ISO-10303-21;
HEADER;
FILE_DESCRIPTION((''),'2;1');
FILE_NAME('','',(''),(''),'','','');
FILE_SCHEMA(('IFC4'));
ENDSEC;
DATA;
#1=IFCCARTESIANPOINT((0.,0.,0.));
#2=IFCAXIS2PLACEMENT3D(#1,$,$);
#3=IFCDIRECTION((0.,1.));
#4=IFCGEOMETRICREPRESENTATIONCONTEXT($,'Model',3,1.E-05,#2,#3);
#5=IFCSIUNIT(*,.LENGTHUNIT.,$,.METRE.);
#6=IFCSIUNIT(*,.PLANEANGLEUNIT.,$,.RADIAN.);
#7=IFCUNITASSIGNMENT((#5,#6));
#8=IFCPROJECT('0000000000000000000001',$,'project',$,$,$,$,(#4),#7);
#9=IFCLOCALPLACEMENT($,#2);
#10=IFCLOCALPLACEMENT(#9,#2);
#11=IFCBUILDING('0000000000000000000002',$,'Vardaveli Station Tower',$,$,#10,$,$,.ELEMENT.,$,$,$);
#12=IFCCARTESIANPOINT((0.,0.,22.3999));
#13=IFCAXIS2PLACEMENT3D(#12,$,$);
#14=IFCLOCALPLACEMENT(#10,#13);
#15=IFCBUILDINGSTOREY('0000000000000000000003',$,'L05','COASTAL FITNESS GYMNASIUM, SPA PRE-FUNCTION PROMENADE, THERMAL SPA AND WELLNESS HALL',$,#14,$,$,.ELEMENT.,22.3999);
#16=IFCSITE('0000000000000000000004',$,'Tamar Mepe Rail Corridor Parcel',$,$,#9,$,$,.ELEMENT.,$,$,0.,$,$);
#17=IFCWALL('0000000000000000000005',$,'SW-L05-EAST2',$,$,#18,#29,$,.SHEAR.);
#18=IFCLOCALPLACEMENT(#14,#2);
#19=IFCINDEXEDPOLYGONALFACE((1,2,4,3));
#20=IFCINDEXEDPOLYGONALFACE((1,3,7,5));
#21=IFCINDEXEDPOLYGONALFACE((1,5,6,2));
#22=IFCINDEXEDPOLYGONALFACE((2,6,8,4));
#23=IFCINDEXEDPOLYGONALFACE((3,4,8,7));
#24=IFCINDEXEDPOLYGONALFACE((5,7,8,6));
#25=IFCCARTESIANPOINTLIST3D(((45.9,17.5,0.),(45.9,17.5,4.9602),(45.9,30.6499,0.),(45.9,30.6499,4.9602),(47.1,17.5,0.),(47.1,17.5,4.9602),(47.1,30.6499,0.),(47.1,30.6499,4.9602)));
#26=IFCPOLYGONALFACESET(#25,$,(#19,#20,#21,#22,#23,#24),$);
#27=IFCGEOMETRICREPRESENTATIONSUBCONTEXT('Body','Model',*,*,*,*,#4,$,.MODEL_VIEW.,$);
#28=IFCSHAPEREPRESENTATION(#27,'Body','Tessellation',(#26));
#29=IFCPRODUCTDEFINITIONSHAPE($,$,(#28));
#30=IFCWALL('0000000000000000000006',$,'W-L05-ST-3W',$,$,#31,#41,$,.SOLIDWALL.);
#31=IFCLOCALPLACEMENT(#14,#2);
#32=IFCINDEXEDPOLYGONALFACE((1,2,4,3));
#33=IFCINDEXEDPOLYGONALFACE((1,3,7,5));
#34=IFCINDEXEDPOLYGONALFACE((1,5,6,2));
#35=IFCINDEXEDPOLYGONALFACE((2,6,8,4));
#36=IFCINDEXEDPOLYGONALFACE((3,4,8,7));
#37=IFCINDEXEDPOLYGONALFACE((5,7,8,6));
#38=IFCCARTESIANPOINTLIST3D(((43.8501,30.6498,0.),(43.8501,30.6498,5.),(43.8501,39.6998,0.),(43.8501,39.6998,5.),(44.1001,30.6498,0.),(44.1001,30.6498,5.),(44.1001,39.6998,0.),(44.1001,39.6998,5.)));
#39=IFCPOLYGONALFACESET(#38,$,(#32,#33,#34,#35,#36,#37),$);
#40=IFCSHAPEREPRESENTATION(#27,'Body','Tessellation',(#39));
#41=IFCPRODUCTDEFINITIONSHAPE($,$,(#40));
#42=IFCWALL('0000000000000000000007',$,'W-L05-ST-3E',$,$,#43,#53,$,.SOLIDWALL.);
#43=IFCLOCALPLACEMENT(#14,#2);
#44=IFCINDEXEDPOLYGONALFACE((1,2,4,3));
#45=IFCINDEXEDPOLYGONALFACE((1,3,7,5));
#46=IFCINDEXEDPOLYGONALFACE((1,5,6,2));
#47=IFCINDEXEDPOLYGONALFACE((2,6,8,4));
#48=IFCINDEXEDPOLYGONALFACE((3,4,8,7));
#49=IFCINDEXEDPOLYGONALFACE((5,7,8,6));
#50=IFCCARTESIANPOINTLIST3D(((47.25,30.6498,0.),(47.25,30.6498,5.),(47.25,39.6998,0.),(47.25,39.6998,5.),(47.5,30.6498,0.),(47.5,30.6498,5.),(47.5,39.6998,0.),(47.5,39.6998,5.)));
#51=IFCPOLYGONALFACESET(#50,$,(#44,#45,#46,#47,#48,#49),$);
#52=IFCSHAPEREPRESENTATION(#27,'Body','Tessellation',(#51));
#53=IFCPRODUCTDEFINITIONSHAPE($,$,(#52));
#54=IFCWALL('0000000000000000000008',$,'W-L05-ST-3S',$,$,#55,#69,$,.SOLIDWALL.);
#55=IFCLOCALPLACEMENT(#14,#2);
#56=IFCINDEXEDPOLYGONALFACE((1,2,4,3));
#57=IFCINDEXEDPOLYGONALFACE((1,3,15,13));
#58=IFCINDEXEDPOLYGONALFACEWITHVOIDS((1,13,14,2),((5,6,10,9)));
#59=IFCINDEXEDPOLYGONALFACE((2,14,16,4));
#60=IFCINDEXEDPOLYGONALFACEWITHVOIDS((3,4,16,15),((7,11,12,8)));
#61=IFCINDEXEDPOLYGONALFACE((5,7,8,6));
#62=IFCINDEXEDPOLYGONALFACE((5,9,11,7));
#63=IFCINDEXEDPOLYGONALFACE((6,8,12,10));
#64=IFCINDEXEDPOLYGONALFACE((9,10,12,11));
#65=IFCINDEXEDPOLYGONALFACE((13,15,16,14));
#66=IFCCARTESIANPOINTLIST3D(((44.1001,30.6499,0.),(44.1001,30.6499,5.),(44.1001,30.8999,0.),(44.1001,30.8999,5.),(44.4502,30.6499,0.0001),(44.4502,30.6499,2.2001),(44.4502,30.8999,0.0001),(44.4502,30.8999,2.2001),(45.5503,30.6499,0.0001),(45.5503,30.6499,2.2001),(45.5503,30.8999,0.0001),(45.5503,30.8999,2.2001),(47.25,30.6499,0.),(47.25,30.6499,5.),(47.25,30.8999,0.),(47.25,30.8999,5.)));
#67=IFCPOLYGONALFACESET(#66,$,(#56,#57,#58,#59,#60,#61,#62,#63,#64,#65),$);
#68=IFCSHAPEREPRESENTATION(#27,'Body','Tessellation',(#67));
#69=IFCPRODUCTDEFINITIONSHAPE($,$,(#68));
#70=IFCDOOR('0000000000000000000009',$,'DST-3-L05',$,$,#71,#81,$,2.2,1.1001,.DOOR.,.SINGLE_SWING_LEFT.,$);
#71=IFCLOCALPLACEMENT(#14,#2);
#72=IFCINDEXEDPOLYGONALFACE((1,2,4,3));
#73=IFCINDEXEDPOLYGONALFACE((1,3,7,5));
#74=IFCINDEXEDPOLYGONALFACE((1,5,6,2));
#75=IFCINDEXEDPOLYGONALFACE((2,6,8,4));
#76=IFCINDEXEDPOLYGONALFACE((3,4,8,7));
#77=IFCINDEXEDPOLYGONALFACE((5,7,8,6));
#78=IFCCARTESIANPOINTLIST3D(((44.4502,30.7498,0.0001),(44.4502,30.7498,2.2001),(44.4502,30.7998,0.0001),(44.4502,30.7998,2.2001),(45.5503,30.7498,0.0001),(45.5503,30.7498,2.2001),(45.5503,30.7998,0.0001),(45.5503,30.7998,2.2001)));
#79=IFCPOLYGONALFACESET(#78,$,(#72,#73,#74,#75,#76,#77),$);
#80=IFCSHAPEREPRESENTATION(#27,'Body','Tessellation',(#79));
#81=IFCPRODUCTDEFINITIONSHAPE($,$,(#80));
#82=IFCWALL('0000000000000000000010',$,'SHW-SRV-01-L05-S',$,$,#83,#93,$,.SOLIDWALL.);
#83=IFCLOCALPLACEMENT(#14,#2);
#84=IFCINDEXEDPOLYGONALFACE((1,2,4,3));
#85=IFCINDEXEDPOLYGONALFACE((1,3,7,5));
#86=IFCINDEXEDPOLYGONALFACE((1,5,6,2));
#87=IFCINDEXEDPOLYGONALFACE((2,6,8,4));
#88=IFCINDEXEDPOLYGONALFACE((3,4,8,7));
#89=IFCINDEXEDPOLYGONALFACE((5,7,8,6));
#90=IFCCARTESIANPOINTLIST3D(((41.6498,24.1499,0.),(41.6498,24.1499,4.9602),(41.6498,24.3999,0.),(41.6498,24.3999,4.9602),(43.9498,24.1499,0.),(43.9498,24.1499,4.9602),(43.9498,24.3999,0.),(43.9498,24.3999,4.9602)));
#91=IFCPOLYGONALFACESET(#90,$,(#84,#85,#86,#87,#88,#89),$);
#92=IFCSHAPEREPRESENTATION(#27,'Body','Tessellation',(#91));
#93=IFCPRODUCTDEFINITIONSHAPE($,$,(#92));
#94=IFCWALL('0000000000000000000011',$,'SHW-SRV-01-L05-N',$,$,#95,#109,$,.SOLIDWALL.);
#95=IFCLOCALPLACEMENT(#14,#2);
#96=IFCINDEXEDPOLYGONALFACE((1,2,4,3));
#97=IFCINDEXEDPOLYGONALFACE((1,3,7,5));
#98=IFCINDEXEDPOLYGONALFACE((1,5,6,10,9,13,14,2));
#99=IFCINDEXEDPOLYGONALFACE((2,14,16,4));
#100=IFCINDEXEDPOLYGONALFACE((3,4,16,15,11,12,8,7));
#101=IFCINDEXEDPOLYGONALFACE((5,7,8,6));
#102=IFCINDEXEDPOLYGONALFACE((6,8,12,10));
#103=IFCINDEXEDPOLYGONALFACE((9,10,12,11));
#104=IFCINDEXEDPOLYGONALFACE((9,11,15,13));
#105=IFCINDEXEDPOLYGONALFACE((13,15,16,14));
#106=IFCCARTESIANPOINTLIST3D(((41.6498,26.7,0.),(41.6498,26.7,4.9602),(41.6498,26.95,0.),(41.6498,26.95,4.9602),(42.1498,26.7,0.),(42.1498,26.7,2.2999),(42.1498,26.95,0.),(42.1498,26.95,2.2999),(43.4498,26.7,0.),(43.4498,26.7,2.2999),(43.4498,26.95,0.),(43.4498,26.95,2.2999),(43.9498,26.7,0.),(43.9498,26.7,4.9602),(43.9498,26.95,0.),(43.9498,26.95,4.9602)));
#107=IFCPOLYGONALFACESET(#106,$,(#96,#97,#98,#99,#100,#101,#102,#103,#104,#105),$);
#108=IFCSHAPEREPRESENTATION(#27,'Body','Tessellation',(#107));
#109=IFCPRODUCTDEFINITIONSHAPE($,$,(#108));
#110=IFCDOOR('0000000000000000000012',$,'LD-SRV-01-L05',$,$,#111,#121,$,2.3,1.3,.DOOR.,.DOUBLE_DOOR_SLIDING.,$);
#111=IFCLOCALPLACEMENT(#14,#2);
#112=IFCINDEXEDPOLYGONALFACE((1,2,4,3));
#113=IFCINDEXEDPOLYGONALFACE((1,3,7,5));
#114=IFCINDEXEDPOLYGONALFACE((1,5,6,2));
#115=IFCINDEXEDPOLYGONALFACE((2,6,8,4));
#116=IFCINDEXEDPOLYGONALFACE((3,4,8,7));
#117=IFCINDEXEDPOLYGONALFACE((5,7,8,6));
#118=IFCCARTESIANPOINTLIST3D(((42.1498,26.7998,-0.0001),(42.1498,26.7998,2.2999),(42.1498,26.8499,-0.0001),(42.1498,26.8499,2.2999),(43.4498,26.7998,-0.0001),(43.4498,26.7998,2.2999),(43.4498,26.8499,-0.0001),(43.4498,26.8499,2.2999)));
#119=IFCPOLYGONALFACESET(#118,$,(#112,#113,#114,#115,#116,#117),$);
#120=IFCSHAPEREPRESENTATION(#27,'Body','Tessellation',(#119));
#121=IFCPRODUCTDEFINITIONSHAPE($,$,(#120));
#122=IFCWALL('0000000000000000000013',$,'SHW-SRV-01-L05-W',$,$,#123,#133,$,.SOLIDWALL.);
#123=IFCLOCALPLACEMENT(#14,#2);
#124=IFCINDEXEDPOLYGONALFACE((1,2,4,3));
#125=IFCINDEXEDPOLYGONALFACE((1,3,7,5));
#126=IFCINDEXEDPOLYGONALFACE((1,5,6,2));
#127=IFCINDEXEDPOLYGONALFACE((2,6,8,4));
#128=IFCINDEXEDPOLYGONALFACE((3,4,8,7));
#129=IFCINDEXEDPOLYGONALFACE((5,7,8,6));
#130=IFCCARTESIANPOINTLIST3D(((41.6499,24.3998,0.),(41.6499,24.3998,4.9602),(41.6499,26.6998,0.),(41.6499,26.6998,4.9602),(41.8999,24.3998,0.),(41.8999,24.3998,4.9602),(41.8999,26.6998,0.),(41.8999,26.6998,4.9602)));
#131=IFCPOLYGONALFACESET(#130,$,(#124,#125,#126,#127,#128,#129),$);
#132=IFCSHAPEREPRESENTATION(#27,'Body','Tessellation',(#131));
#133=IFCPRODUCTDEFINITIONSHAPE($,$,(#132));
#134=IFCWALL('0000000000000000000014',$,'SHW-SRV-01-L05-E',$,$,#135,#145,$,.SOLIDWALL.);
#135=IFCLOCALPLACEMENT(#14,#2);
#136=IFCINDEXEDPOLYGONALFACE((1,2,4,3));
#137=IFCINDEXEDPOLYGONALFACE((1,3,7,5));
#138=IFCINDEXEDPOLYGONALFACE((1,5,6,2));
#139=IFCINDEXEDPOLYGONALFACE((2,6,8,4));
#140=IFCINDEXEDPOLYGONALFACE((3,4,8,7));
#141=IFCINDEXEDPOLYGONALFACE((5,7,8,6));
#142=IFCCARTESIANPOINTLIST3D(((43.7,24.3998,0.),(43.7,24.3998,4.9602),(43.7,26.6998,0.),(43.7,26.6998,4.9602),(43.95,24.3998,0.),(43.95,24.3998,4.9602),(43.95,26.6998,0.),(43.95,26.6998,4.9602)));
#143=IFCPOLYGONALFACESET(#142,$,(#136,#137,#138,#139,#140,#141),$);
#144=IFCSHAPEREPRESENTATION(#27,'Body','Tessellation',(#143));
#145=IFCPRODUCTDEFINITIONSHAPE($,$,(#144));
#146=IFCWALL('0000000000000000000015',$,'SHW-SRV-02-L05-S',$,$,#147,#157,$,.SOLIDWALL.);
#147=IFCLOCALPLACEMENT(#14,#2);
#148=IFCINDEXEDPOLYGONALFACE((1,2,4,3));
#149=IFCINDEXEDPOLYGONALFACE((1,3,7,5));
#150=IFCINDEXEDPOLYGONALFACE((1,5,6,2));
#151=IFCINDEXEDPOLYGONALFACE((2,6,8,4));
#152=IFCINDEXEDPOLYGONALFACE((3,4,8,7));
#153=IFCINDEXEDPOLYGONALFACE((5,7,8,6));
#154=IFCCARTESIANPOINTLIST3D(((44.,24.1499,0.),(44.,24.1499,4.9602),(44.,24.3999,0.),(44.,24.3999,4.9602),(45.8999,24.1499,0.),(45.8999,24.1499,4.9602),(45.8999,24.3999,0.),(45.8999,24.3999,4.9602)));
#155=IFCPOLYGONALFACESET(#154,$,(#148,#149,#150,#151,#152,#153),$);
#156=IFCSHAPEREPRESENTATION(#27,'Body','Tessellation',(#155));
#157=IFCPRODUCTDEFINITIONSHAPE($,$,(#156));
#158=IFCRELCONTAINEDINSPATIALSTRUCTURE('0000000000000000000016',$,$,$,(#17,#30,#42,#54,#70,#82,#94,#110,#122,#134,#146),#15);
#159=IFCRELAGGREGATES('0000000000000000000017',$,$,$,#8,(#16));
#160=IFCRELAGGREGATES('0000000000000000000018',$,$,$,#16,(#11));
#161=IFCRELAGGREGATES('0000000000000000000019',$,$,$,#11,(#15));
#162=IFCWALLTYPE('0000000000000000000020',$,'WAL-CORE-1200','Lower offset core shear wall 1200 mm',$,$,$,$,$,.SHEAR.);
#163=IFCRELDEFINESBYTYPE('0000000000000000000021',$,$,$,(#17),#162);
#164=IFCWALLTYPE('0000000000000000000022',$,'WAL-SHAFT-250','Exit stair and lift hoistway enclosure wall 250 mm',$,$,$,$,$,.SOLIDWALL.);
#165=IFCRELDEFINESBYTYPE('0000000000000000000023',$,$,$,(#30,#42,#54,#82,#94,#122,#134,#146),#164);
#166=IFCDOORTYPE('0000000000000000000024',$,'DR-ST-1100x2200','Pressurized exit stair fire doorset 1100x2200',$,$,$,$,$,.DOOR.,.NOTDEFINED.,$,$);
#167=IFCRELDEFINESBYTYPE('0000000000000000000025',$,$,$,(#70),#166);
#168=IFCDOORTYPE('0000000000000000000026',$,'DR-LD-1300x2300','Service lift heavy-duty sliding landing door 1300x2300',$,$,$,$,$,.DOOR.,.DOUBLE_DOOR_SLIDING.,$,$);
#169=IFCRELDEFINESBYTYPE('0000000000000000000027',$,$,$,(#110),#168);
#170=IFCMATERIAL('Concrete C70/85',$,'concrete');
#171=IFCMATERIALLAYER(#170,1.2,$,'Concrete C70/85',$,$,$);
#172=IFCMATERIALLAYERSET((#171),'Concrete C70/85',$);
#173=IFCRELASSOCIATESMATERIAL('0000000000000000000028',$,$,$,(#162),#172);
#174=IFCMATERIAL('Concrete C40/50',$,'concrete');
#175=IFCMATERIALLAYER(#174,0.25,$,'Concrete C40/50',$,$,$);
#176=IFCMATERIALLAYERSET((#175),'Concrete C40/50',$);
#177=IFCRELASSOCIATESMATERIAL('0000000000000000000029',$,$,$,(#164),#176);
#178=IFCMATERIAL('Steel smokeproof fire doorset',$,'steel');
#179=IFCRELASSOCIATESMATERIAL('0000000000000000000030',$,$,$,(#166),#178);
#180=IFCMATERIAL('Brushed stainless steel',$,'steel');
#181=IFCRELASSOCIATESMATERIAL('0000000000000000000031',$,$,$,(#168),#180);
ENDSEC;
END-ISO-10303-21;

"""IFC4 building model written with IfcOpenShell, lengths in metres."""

from ifc_helpers import new_model, si_unit, direction, frame, frame_2d, origin, place, context, subcontext, project, spatial, rectangle, extrude, source, transform, mapped, material, layer, layer_set, type_object, element, fill, save


model = new_model("IFC4")

# Units and contexts
model_context = context("Model", 3, precision=1e-05, world=origin(), true_north=direction((0.0, 1.0)))
body_context = subcontext(model_context, "Body", "Model", "MODEL_VIEW")
ifc_project = project(units=[si_unit("LENGTHUNIT", "METRE"), si_unit("PLANEANGLEUNIT", "RADIAN")], contexts=[model_context])

# Site, building, storey
site_placement = place(None, origin())
site = spatial("IfcSite", under=ifc_project, at=site_placement, Name="Tamar Mepe Rail Corridor Parcel", CompositionType="ELEMENT", RefElevation=0.0)
building_placement = place(site_placement, origin())
building = spatial("IfcBuilding", under=site, at=building_placement, Name="Vardaveli Station Tower", CompositionType="ELEMENT")
storey_placement = place(building_placement, frame((0.0, 0.0, 22.3999)))
storey = spatial("IfcBuildingStorey", under=building, at=storey_placement, Name="L05", Description="COASTAL FITNESS GYMNASIUM, SPA PRE-FUNCTION PROMENADE, THERMAL SPA AND WELLNESS HALL", CompositionType="ELEMENT", Elevation=22.3999)

# Walls
ifc_material_1 = material(Name="Concrete C70/85", Category="concrete")
ifc_layer_1 = layer(ifc_material_1, 1.2, Name="Concrete C70/85")
ifc_layer_set_1 = layer_set([ifc_layer_1], Name="Concrete C70/85")
wall_type_1 = type_object("IfcWallType", Name="WAL-CORE-1200", Description="Lower offset core shear wall 1200 mm", PredefinedType="SHEAR", material=ifc_layer_set_1)
shared_shape_1 = source(origin(), body_context, "Body", "SweptSolid", [
    extrude(rectangle(XDim=13.1499, YDim=1.2, at=frame_2d((6.575, 0.0))), origin(), (0.0, 0.0, 1.0), 4.9602),
])
wall_1_placement = place(storey_placement, frame((46.5, 17.5, 0.0), z_axis=(0.0, 0.0, 1.0), x_axis=(0.0, 1.0, 0.0)))
element("IfcWall", 1, at=wall_1_placement, inside=storey, type_object=wall_type_1, Name="SW-L05-EAST2", PredefinedType="SHEAR", context=body_context, shape_type="MappedRepresentation", body=[
    mapped(shared_shape_1, transform((0.0, 0.0, 0.0), scale=1.0)),
])
ifc_material_2 = material(Name="Concrete C40/50", Category="concrete")
ifc_layer_2 = layer(ifc_material_2, 0.25, Name="Concrete C40/50")
ifc_layer_set_2 = layer_set([ifc_layer_2], Name="Concrete C40/50")
wall_type_2 = type_object("IfcWallType", Name="WAL-SHAFT-250", Description="Exit stair and lift hoistway enclosure wall 250 mm", PredefinedType="SOLIDWALL", material=ifc_layer_set_2)
shared_shape_2 = source(origin(), body_context, "Body", "SweptSolid", [
    extrude(rectangle(XDim=9.05, YDim=0.25, at=frame_2d((4.5249, 0.0))), origin(), (0.0, 0.0, 1.0), 5.0),
])
for number, where, z_axis, x_axis, name in (
    (2, (43.9751, 30.6499, 0.0), (0.0, 0.0, 1.0), (0.0, 1.0, 0.0), "W-L05-ST-3W"),
    (3, (47.375, 30.6499, 0.0), (0.0, 0.0, 1.0), (0.0, 1.0, 0.0), "W-L05-ST-3E"),
):
    element("IfcWall", number, at=place(storey_placement, frame(where, z_axis=z_axis, x_axis=x_axis)), inside=storey, type_object=wall_type_2, Name=name, PredefinedType="SOLIDWALL", context=body_context, shape_type="MappedRepresentation", body=[
        mapped(shared_shape_2, transform((0.0, 0.0, 0.0), scale=1.0)),
    ])

# Wall, opening, door
shared_shape_3 = source(origin(), body_context, "Body", "SweptSolid", [
    extrude(rectangle(XDim=3.1499, YDim=0.25, at=frame_2d((1.575, 0.0))), origin(), (0.0, 0.0, 1.0), 5.0),
])
wall_2_placement = place(storey_placement, frame((44.1001, 30.7749, 0.0), z_axis=(0.0, 0.0, 1.0), x_axis=(1.0, 0.0, 0.0)))
wall_2 = element("IfcWall", 4, at=wall_2_placement, inside=storey, type_object=wall_type_2, Name="W-L05-ST-3S", PredefinedType="SOLIDWALL", context=body_context, shape_type="MappedRepresentation", body=[
    mapped(shared_shape_3, transform((0.0, 0.0, 0.0), scale=1.0)),
])
shared_shape_4 = source(origin(), body_context, "Body", "SweptSolid", [
    extrude(rectangle(XDim=1.1001, YDim=2.2, at=frame_2d((0.55, 1.1001))), frame((0.0, 0.135, 0.0), z_axis=(0.0, -1.0, 0.0), x_axis=(1.0, 0.0, 0.0)), (0.0, 0.0, 1.0), 0.27),
])
opening_1_placement = place(wall_2_placement, frame((0.3501, 0.0, 0.0)))
opening_1 = element("IfcOpeningElement", 5, at=opening_1_placement, cuts=wall_2, PredefinedType="OPENING", context=body_context, shape_type="MappedRepresentation", body=[
    mapped(shared_shape_4, transform((0.0, 0.0, 0.0), scale=1.0)),
])
ifc_material_3 = material(Name="Steel smokeproof fire doorset", Category="steel")
door_type_1 = type_object("IfcDoorType", Name="DR-ST-1100x2200", Description="Pressurized exit stair fire doorset 1100x2200", OperationType="NOTDEFINED", PredefinedType="DOOR", material=ifc_material_3)
shared_shape_5 = source(origin(), body_context, "Body", "SweptSolid", [
    extrude(rectangle(XDim=1.1001, YDim=2.2, at=frame_2d((0.55, 1.1001))), frame((0.0, 0.0249, 0.0), z_axis=(0.0, -1.0, 0.0), x_axis=(1.0, 0.0, 0.0)), (0.0, 0.0, 1.0), 0.05),
])
door_1_placement = place(opening_1_placement, origin())
door_1 = element("IfcDoor", 6, at=door_1_placement, inside=storey, type_object=door_type_1, Name="DST-3-L05", OperationType="SINGLE_SWING_LEFT", OverallHeight=2.2, OverallWidth=1.1001, PredefinedType="DOOR", context=body_context, shape_type="MappedRepresentation", body=[
    mapped(shared_shape_5, transform((0.0, 0.0, 0.0), scale=1.0)),
])
fill(opening_1, door_1)

# Wall
shared_shape_6 = source(origin(), body_context, "Body", "SweptSolid", [
    extrude(rectangle(XDim=2.3, YDim=0.25, at=frame_2d((1.1499, 0.0))), origin(), (0.0, 0.0, 1.0), 4.9602),
])
wall_3_placement = place(storey_placement, frame((41.6499, 24.2749, 0.0), z_axis=(0.0, 0.0, 1.0), x_axis=(1.0, 0.0, 0.0)))
element("IfcWall", 7, at=wall_3_placement, inside=storey, type_object=wall_type_2, Name="SHW-SRV-01-L05-S", PredefinedType="SOLIDWALL", context=body_context, shape_type="MappedRepresentation", body=[
    mapped(shared_shape_6, transform((0.0, 0.0, 0.0), scale=1.0)),
])

# Wall, opening, door
wall_4_placement = place(storey_placement, frame((41.6499, 26.825, 0.0), z_axis=(0.0, 0.0, 1.0), x_axis=(1.0, 0.0, 0.0)))
wall_4 = element("IfcWall", 8, at=wall_4_placement, inside=storey, type_object=wall_type_2, Name="SHW-SRV-01-L05-N", PredefinedType="SOLIDWALL", context=body_context, shape_type="MappedRepresentation", body=[
    mapped(shared_shape_6, transform((0.0, 0.0, 0.0), scale=1.0)),
])
shared_shape_7 = source(origin(), body_context, "Body", "SweptSolid", [
    extrude(rectangle(XDim=1.3, YDim=2.3, at=frame_2d((0.6499, 1.1499))), frame((0.0, 0.135, 0.0), z_axis=(0.0, -1.0, 0.0), x_axis=(1.0, 0.0, 0.0)), (0.0, 0.0, 1.0), 0.27),
])
opening_2_placement = place(wall_4_placement, frame((0.5, 0.0, 0.0)))
opening_2 = element("IfcOpeningElement", 9, at=opening_2_placement, cuts=wall_4, PredefinedType="OPENING", context=body_context, shape_type="MappedRepresentation", body=[
    mapped(shared_shape_7, transform((0.0, 0.0, 0.0), scale=1.0)),
])
ifc_material_4 = material(Name="Brushed stainless steel", Category="steel")
door_type_2 = type_object("IfcDoorType", Name="DR-LD-1300x2300", Description="Service lift heavy-duty sliding landing door 1300x2300", OperationType="DOUBLE_DOOR_SLIDING", PredefinedType="DOOR", material=ifc_material_4)
shared_shape_8 = source(origin(), body_context, "Body", "SweptSolid", [
    extrude(rectangle(XDim=1.3, YDim=2.3, at=frame_2d((0.6499, 1.1499))), frame((0.0, 0.0249, 0.0), z_axis=(0.0, -1.0, 0.0), x_axis=(1.0, 0.0, 0.0)), (0.0, 0.0, 1.0), 0.05),
])
door_2_placement = place(opening_2_placement, origin())
door_2 = element("IfcDoor", 10, at=door_2_placement, inside=storey, type_object=door_type_2, Name="LD-SRV-01-L05", OperationType="DOUBLE_DOOR_SLIDING", OverallHeight=2.3, OverallWidth=1.3, PredefinedType="DOOR", context=body_context, shape_type="MappedRepresentation", body=[
    mapped(shared_shape_8, transform((0.0, 0.0, 0.0), scale=1.0)),
])
fill(opening_2, door_2)

# Walls
for number, where, z_axis, x_axis, name in (
    (11, (41.7749, 24.3999, 0.0), (0.0, 0.0, 1.0), (0.0, 1.0, 0.0), "SHW-SRV-01-L05-W"),
    (12, (43.825, 24.3999, 0.0), (0.0, 0.0, 1.0), (0.0, 1.0, 0.0), "SHW-SRV-01-L05-E"),
):
    element("IfcWall", number, at=place(storey_placement, frame(where, z_axis=z_axis, x_axis=x_axis)), inside=storey, type_object=wall_type_2, Name=name, PredefinedType="SOLIDWALL", context=body_context, shape_type="MappedRepresentation", body=[
        mapped(shared_shape_6, transform((0.0, 0.0, 0.0), scale=1.0)),
    ])
shared_shape_9 = source(origin(), body_context, "Body", "SweptSolid", [
    extrude(rectangle(XDim=1.8999, YDim=0.25, at=frame_2d((0.95, 0.0))), origin(), (0.0, 0.0, 1.0), 4.9602),
])
wall_5_placement = place(storey_placement, frame((44.0, 24.2749, 0.0), z_axis=(0.0, 0.0, 1.0), x_axis=(1.0, 0.0, 0.0)))
element("IfcWall", 13, at=wall_5_placement, inside=storey, type_object=wall_type_2, Name="SHW-SRV-02-L05-S", PredefinedType="SOLIDWALL", context=body_context, shape_type="MappedRepresentation", body=[
    mapped(shared_shape_9, transform((0.0, 0.0, 0.0), scale=1.0)),
])

save(model, "model.ifc")
